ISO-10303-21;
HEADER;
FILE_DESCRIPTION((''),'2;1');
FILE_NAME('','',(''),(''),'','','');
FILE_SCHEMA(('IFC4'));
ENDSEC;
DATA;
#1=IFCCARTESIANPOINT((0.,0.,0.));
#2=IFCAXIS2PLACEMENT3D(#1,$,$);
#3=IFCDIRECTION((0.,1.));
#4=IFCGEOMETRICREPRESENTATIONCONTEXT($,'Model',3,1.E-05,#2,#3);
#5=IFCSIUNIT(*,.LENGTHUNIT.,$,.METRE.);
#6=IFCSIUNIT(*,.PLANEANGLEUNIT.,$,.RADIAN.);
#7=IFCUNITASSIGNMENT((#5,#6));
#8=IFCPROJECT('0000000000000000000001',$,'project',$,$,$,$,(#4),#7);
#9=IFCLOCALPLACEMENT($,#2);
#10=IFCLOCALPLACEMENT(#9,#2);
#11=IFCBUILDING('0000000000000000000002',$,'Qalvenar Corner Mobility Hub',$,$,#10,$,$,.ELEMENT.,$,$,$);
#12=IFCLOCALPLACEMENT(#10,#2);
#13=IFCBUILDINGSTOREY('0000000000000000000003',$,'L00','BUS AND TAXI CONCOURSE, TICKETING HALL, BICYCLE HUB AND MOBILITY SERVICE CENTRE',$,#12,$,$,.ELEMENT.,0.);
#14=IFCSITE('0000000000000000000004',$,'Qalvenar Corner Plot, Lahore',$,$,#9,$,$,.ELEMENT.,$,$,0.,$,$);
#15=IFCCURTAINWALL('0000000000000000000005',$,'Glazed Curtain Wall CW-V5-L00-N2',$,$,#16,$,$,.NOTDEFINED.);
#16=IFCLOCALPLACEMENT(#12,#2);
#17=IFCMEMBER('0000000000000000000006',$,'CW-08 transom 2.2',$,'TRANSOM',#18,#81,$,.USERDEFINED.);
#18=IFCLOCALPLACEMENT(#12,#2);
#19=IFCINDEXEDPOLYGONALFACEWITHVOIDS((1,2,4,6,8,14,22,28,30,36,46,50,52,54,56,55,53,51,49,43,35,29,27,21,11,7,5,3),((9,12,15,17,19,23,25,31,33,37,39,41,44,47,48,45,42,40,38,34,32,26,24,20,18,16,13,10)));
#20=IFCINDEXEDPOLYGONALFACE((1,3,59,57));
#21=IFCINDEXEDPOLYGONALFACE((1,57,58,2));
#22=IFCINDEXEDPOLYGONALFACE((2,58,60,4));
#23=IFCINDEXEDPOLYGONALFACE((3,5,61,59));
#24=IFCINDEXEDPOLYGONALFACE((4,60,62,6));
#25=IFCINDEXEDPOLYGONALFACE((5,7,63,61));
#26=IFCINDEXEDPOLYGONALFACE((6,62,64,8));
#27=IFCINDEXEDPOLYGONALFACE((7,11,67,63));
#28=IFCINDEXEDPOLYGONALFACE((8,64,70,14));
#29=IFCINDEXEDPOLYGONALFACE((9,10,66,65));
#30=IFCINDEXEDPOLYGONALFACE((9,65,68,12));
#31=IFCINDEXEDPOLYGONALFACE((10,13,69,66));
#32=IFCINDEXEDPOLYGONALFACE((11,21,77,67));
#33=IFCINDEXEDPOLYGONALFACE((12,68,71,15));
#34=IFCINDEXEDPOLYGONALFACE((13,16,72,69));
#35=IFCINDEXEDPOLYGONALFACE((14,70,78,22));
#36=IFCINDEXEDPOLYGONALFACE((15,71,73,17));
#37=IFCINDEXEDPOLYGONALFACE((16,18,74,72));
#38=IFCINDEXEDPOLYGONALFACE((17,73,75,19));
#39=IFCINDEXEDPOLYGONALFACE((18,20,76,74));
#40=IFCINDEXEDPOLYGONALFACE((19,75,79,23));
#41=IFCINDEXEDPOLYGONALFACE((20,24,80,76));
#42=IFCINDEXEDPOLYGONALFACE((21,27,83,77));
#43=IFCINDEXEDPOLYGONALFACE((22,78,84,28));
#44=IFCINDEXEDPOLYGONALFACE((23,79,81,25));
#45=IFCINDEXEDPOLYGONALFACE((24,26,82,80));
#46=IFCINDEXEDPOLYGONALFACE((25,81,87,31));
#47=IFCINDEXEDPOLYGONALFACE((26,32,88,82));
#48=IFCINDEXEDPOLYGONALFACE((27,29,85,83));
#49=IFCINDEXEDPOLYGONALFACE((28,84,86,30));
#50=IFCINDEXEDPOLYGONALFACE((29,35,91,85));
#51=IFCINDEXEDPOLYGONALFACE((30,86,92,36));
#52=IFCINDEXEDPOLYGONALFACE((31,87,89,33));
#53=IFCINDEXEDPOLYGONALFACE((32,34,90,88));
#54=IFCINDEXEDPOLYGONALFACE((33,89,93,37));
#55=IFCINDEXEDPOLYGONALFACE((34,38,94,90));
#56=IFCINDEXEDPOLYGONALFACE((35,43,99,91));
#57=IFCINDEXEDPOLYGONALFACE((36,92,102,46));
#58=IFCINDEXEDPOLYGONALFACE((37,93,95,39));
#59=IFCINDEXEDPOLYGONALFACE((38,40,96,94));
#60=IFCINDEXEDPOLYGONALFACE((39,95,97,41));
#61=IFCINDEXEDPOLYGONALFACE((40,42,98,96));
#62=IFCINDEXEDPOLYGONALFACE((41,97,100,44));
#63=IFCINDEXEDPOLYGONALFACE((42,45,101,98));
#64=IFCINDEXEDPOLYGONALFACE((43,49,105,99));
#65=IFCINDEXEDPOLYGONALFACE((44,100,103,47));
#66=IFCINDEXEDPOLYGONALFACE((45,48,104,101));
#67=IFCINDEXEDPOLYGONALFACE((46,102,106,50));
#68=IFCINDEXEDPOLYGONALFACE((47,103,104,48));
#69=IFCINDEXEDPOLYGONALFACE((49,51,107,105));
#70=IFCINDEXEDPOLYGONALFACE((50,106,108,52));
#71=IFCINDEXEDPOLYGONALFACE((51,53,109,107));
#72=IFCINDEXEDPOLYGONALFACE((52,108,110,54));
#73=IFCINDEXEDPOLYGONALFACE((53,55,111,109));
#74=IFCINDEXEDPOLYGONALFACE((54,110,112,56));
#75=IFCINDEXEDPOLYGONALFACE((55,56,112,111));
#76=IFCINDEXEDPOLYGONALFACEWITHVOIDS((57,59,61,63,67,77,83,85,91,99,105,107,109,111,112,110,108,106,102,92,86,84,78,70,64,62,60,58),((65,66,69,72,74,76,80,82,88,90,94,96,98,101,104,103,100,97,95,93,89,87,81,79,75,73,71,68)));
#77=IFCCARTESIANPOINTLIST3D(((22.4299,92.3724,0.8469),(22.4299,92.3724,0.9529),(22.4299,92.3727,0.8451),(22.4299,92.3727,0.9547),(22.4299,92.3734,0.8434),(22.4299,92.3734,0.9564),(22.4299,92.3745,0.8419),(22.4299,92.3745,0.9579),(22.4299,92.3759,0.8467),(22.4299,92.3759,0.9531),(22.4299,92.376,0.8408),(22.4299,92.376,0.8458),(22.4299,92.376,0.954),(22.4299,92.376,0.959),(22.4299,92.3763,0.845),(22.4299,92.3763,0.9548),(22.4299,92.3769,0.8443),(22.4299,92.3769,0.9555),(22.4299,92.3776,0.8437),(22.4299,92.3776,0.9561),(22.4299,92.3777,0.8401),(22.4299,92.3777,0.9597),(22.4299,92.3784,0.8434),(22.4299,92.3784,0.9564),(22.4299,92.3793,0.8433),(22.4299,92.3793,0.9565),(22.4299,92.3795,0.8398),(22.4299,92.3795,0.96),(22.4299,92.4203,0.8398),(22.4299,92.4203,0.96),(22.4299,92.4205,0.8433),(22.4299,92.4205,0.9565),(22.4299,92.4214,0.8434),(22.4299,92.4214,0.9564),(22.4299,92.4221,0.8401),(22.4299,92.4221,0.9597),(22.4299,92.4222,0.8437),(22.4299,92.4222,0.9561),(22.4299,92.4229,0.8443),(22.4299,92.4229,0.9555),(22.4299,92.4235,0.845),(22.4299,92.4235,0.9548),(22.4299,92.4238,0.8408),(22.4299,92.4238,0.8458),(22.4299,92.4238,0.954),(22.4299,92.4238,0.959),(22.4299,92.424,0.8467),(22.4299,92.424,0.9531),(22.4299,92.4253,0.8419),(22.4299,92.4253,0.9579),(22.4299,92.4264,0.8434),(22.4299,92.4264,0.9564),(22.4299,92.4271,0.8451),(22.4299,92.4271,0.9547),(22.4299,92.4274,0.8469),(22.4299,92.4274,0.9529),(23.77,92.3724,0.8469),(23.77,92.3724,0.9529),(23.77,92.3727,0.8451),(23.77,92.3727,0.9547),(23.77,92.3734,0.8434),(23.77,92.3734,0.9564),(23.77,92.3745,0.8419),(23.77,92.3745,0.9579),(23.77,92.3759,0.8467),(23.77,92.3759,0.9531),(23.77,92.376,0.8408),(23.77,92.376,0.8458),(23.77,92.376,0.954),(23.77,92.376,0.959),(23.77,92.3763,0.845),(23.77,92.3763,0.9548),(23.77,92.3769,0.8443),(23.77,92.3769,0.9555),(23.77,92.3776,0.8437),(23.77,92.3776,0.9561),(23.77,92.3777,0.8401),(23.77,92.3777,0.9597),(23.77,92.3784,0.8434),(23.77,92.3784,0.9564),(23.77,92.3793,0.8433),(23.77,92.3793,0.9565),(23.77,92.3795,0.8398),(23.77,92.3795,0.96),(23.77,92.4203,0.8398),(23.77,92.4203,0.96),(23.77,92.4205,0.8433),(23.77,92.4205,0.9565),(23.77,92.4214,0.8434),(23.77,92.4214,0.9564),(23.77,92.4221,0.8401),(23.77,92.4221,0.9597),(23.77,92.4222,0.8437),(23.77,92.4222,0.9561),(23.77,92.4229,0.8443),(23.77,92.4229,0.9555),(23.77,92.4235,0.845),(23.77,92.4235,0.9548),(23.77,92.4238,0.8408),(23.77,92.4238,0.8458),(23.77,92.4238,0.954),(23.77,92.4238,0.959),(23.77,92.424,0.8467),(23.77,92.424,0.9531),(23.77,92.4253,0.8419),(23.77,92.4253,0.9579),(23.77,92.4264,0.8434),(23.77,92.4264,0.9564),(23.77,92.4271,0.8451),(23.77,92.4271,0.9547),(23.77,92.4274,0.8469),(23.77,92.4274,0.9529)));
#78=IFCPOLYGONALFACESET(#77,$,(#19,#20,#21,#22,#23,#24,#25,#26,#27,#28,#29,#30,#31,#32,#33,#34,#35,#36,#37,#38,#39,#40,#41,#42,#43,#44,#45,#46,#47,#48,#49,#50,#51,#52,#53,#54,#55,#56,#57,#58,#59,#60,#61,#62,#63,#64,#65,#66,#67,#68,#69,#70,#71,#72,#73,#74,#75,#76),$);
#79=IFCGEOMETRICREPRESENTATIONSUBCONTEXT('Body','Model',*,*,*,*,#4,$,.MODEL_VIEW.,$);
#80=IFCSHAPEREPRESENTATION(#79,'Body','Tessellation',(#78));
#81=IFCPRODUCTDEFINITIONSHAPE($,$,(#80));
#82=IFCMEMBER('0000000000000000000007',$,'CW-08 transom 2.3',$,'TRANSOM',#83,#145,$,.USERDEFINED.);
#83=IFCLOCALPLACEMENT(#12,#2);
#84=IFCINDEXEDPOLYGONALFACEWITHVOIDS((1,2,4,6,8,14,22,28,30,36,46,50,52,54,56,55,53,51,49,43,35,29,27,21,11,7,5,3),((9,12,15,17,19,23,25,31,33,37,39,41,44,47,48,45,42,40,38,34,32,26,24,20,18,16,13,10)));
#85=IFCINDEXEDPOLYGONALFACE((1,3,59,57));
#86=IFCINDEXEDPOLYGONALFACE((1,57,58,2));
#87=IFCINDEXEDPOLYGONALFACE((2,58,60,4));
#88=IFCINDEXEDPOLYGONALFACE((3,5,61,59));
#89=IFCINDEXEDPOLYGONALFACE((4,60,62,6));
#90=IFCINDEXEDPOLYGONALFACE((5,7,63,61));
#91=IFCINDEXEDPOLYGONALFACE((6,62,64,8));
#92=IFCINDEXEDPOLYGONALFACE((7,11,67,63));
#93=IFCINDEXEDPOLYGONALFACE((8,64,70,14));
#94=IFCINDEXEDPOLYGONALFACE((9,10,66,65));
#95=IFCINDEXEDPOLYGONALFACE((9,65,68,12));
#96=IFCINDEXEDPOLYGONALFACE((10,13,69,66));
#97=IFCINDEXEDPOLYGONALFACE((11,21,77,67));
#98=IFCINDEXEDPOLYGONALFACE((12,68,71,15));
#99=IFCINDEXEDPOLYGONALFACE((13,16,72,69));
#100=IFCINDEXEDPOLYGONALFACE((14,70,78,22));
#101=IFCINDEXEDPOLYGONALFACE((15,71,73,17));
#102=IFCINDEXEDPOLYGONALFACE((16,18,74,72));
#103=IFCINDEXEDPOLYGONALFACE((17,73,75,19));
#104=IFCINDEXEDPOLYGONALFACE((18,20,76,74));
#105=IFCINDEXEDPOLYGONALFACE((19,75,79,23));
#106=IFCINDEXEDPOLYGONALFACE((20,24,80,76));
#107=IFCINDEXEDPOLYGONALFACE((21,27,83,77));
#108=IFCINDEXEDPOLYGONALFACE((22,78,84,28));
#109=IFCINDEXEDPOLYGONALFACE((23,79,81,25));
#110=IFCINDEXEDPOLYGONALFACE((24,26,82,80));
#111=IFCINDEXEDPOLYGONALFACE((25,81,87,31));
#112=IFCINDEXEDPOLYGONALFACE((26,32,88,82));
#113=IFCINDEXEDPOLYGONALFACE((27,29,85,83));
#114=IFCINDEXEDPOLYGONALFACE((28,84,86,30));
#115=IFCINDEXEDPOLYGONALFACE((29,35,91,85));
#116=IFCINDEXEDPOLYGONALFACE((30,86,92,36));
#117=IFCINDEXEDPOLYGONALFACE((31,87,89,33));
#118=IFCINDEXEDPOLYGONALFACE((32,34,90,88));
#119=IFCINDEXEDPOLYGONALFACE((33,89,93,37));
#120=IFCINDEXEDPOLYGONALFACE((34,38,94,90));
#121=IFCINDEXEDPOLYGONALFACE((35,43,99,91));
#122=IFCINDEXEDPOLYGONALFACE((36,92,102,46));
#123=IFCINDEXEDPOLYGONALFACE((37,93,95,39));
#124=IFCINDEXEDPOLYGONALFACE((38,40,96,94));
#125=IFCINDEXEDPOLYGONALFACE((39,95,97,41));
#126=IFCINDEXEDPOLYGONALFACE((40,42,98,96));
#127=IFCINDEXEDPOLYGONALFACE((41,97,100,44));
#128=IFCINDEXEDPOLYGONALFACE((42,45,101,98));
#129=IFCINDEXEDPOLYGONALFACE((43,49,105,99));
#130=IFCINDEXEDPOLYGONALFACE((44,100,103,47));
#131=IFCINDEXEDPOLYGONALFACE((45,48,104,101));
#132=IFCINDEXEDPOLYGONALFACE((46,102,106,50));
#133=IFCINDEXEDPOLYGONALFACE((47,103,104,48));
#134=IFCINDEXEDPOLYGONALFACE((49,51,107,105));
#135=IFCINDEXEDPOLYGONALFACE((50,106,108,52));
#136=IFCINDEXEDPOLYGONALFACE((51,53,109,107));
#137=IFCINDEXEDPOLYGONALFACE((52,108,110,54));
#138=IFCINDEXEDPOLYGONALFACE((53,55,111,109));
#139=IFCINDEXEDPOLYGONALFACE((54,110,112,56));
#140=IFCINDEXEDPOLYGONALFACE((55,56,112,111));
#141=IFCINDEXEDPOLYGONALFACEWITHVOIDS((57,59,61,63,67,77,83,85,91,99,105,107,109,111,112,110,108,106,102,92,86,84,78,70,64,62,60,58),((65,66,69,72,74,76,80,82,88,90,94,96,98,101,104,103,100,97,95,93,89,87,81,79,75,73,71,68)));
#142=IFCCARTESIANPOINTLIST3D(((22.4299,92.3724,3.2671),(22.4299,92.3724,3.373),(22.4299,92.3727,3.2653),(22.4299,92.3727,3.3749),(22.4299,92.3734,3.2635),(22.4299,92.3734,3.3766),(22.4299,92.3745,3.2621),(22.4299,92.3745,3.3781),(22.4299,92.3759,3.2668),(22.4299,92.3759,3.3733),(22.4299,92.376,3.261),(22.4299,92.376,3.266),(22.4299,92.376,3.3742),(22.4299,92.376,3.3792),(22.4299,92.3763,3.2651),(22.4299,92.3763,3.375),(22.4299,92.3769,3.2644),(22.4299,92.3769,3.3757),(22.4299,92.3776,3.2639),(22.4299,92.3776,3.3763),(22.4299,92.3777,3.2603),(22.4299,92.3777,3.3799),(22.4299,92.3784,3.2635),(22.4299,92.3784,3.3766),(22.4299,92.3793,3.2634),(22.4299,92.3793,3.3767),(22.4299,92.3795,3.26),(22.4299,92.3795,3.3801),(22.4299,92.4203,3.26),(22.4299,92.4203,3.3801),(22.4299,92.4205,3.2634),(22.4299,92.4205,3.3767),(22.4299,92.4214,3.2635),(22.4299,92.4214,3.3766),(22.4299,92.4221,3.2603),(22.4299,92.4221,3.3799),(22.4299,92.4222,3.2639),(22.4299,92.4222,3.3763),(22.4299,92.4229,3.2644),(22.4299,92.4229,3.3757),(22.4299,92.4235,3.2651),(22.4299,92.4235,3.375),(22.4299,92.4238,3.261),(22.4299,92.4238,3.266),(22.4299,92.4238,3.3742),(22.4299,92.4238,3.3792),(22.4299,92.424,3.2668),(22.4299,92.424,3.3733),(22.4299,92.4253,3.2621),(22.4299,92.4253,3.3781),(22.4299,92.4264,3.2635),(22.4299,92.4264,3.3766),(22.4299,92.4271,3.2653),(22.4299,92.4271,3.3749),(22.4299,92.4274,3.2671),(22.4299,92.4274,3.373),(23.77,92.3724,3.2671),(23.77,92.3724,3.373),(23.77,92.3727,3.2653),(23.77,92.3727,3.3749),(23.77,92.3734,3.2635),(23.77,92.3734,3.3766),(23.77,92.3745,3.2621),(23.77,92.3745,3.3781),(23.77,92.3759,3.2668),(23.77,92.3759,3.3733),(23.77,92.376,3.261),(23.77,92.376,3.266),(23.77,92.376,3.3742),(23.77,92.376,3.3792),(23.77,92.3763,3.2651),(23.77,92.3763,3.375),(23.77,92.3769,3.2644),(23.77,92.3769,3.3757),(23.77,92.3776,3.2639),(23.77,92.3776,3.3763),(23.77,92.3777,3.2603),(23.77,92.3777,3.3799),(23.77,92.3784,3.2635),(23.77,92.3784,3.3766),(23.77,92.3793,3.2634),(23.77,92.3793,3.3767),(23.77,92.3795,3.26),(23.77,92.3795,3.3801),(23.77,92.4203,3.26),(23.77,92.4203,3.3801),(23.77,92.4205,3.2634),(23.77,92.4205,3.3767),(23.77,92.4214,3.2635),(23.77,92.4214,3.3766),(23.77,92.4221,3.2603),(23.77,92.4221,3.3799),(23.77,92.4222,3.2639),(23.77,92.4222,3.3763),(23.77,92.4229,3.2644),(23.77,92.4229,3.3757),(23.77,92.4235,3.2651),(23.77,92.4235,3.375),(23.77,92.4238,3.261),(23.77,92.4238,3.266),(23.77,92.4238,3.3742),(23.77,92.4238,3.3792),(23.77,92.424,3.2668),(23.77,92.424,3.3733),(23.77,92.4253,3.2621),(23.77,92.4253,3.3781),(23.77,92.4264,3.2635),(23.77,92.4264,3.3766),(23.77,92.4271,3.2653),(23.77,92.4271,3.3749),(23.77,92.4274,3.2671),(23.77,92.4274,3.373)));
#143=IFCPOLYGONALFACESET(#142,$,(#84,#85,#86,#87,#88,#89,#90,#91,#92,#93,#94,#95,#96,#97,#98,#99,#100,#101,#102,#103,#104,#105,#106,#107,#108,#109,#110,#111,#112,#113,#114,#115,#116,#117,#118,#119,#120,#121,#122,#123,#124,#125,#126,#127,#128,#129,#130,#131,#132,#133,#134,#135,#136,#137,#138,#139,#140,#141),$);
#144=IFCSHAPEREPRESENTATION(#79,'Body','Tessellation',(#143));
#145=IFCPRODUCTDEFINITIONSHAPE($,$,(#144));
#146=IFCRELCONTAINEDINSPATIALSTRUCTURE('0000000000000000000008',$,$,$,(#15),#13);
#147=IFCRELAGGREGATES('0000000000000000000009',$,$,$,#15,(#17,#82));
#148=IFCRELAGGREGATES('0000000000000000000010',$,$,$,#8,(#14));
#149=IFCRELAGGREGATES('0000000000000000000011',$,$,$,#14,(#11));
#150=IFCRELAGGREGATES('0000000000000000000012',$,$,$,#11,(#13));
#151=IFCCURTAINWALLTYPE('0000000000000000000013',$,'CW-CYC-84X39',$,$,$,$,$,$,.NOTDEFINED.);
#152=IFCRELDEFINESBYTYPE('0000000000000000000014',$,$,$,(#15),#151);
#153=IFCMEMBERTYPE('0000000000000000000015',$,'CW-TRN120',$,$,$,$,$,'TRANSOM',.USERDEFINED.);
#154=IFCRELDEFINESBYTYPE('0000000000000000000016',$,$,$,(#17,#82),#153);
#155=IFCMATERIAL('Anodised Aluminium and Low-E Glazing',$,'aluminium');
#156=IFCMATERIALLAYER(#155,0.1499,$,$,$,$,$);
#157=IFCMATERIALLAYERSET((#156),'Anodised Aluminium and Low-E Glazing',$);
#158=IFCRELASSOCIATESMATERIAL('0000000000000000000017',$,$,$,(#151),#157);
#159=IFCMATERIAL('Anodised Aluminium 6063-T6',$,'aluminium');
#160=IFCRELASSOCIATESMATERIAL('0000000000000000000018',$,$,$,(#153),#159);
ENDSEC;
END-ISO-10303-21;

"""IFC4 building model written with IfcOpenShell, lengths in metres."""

from ifc_helpers import new_model, si_unit, direction, frame, origin, origin_2d, place, context, subcontext, project, spatial, hollow_rectangle, extrude, material, layer, layer_set, material_profile, profile_set, type_object, element, aggregate, save


model = new_model("IFC4")

# Units and contexts
model_context = context("Model", 3, precision=1e-05, world=origin(), true_north=direction((0.0, 1.0)))
body_context = subcontext(model_context, "Body", "Model", "MODEL_VIEW")
ifc_project = project(units=[si_unit("LENGTHUNIT", "METRE"), si_unit("PLANEANGLEUNIT", "RADIAN")], contexts=[model_context])

# Site, building, storey
site_placement = place(None, origin())
site = spatial("IfcSite", under=ifc_project, at=site_placement, Name="Qalvenar Corner Plot, Lahore", CompositionType="ELEMENT", RefElevation=0.0)
building_placement = place(site_placement, origin())
building = spatial("IfcBuilding", under=site, at=building_placement, Name="Qalvenar Corner Mobility Hub", CompositionType="ELEMENT")
storey_placement = place(building_placement, origin())
storey = spatial("IfcBuildingStorey", under=building, at=storey_placement, Name="L00", Description="BUS AND TAXI CONCOURSE, TICKETING HALL, BICYCLE HUB AND MOBILITY SERVICE CENTRE", CompositionType="ELEMENT", Elevation=0.0)

# Curtain wall, members
ifc_material_1 = material(Name="Anodised Aluminium and Low-E Glazing", Category="aluminium")
ifc_layer_1 = layer(ifc_material_1, 0.1499)
ifc_layer_set_1 = layer_set([ifc_layer_1], Name="Anodised Aluminium and Low-E Glazing")
curtain_wall_type = type_object("IfcCurtainWallType", Name="CW-CYC-84X39", PredefinedType="NOTDEFINED", material=ifc_layer_set_1)
curtain_wall_placement = place(storey_placement, origin())
curtain_wall = element("IfcCurtainWall", 1, at=curtain_wall_placement, inside=storey, type_object=curtain_wall_type, Name="Glazed Curtain Wall CW-V5-L00-N2", PredefinedType="NOTDEFINED")
ifc_material_2 = material(Name="Anodised Aluminium 6063-T6", Category="aluminium")
ifc_material_profile_1 = material_profile(ifc_material_2, hollow_rectangle(XDim=0.0549, YDim=0.1201, WallThickness=0.0034, InnerFilletRadius=0.0034, OuterFilletRadius=0.0071, at=origin_2d()), Name="RHS120x55x3.5")
ifc_profile_set_1 = profile_set([ifc_material_profile_1], Name="Anodised Aluminium 6063-T6")
member_type_1 = type_object("IfcMemberType", Name="CW-TRN120", ElementType="TRANSOM", PredefinedType="USERDEFINED", material=ifc_profile_set_1)
member_1_placement = place(storey_placement, frame((23.77, 92.3999, 0.8999), z_axis=(-1.0, 0.0, 0.0), x_axis=(0.0, -1.0, 0.0)))
member_1 = element("IfcMember", 2, at=member_1_placement, type_object=member_type_1, Name="CW-08 transom 2.2", ObjectType="TRANSOM", PredefinedType="USERDEFINED", context=body_context, shape_type="SweptSolid", body=[
    extrude(hollow_rectangle(XDim=0.0549, YDim=0.1201, WallThickness=0.0034, InnerFilletRadius=0.0034, OuterFilletRadius=0.0071, at=origin_2d()), origin(), (0.0, 0.0, 1.0), 1.3401),
])
member_2_placement = place(storey_placement, frame((23.77, 92.3999, 3.3201), z_axis=(-1.0, 0.0, 0.0), x_axis=(0.0, -1.0, 0.0)))
member_2 = element("IfcMember", 3, at=member_2_placement, type_object=member_type_1, Name="CW-08 transom 2.3", ObjectType="TRANSOM", PredefinedType="USERDEFINED", context=body_context, shape_type="SweptSolid", body=[
    extrude(hollow_rectangle(XDim=0.0549, YDim=0.1201, WallThickness=0.0034, InnerFilletRadius=0.0034, OuterFilletRadius=0.0071, at=origin_2d()), origin(), (0.0, 0.0, 1.0), 1.3401),
])
aggregate(curtain_wall, [member_1, member_2])

save(model, "model.ifc")
